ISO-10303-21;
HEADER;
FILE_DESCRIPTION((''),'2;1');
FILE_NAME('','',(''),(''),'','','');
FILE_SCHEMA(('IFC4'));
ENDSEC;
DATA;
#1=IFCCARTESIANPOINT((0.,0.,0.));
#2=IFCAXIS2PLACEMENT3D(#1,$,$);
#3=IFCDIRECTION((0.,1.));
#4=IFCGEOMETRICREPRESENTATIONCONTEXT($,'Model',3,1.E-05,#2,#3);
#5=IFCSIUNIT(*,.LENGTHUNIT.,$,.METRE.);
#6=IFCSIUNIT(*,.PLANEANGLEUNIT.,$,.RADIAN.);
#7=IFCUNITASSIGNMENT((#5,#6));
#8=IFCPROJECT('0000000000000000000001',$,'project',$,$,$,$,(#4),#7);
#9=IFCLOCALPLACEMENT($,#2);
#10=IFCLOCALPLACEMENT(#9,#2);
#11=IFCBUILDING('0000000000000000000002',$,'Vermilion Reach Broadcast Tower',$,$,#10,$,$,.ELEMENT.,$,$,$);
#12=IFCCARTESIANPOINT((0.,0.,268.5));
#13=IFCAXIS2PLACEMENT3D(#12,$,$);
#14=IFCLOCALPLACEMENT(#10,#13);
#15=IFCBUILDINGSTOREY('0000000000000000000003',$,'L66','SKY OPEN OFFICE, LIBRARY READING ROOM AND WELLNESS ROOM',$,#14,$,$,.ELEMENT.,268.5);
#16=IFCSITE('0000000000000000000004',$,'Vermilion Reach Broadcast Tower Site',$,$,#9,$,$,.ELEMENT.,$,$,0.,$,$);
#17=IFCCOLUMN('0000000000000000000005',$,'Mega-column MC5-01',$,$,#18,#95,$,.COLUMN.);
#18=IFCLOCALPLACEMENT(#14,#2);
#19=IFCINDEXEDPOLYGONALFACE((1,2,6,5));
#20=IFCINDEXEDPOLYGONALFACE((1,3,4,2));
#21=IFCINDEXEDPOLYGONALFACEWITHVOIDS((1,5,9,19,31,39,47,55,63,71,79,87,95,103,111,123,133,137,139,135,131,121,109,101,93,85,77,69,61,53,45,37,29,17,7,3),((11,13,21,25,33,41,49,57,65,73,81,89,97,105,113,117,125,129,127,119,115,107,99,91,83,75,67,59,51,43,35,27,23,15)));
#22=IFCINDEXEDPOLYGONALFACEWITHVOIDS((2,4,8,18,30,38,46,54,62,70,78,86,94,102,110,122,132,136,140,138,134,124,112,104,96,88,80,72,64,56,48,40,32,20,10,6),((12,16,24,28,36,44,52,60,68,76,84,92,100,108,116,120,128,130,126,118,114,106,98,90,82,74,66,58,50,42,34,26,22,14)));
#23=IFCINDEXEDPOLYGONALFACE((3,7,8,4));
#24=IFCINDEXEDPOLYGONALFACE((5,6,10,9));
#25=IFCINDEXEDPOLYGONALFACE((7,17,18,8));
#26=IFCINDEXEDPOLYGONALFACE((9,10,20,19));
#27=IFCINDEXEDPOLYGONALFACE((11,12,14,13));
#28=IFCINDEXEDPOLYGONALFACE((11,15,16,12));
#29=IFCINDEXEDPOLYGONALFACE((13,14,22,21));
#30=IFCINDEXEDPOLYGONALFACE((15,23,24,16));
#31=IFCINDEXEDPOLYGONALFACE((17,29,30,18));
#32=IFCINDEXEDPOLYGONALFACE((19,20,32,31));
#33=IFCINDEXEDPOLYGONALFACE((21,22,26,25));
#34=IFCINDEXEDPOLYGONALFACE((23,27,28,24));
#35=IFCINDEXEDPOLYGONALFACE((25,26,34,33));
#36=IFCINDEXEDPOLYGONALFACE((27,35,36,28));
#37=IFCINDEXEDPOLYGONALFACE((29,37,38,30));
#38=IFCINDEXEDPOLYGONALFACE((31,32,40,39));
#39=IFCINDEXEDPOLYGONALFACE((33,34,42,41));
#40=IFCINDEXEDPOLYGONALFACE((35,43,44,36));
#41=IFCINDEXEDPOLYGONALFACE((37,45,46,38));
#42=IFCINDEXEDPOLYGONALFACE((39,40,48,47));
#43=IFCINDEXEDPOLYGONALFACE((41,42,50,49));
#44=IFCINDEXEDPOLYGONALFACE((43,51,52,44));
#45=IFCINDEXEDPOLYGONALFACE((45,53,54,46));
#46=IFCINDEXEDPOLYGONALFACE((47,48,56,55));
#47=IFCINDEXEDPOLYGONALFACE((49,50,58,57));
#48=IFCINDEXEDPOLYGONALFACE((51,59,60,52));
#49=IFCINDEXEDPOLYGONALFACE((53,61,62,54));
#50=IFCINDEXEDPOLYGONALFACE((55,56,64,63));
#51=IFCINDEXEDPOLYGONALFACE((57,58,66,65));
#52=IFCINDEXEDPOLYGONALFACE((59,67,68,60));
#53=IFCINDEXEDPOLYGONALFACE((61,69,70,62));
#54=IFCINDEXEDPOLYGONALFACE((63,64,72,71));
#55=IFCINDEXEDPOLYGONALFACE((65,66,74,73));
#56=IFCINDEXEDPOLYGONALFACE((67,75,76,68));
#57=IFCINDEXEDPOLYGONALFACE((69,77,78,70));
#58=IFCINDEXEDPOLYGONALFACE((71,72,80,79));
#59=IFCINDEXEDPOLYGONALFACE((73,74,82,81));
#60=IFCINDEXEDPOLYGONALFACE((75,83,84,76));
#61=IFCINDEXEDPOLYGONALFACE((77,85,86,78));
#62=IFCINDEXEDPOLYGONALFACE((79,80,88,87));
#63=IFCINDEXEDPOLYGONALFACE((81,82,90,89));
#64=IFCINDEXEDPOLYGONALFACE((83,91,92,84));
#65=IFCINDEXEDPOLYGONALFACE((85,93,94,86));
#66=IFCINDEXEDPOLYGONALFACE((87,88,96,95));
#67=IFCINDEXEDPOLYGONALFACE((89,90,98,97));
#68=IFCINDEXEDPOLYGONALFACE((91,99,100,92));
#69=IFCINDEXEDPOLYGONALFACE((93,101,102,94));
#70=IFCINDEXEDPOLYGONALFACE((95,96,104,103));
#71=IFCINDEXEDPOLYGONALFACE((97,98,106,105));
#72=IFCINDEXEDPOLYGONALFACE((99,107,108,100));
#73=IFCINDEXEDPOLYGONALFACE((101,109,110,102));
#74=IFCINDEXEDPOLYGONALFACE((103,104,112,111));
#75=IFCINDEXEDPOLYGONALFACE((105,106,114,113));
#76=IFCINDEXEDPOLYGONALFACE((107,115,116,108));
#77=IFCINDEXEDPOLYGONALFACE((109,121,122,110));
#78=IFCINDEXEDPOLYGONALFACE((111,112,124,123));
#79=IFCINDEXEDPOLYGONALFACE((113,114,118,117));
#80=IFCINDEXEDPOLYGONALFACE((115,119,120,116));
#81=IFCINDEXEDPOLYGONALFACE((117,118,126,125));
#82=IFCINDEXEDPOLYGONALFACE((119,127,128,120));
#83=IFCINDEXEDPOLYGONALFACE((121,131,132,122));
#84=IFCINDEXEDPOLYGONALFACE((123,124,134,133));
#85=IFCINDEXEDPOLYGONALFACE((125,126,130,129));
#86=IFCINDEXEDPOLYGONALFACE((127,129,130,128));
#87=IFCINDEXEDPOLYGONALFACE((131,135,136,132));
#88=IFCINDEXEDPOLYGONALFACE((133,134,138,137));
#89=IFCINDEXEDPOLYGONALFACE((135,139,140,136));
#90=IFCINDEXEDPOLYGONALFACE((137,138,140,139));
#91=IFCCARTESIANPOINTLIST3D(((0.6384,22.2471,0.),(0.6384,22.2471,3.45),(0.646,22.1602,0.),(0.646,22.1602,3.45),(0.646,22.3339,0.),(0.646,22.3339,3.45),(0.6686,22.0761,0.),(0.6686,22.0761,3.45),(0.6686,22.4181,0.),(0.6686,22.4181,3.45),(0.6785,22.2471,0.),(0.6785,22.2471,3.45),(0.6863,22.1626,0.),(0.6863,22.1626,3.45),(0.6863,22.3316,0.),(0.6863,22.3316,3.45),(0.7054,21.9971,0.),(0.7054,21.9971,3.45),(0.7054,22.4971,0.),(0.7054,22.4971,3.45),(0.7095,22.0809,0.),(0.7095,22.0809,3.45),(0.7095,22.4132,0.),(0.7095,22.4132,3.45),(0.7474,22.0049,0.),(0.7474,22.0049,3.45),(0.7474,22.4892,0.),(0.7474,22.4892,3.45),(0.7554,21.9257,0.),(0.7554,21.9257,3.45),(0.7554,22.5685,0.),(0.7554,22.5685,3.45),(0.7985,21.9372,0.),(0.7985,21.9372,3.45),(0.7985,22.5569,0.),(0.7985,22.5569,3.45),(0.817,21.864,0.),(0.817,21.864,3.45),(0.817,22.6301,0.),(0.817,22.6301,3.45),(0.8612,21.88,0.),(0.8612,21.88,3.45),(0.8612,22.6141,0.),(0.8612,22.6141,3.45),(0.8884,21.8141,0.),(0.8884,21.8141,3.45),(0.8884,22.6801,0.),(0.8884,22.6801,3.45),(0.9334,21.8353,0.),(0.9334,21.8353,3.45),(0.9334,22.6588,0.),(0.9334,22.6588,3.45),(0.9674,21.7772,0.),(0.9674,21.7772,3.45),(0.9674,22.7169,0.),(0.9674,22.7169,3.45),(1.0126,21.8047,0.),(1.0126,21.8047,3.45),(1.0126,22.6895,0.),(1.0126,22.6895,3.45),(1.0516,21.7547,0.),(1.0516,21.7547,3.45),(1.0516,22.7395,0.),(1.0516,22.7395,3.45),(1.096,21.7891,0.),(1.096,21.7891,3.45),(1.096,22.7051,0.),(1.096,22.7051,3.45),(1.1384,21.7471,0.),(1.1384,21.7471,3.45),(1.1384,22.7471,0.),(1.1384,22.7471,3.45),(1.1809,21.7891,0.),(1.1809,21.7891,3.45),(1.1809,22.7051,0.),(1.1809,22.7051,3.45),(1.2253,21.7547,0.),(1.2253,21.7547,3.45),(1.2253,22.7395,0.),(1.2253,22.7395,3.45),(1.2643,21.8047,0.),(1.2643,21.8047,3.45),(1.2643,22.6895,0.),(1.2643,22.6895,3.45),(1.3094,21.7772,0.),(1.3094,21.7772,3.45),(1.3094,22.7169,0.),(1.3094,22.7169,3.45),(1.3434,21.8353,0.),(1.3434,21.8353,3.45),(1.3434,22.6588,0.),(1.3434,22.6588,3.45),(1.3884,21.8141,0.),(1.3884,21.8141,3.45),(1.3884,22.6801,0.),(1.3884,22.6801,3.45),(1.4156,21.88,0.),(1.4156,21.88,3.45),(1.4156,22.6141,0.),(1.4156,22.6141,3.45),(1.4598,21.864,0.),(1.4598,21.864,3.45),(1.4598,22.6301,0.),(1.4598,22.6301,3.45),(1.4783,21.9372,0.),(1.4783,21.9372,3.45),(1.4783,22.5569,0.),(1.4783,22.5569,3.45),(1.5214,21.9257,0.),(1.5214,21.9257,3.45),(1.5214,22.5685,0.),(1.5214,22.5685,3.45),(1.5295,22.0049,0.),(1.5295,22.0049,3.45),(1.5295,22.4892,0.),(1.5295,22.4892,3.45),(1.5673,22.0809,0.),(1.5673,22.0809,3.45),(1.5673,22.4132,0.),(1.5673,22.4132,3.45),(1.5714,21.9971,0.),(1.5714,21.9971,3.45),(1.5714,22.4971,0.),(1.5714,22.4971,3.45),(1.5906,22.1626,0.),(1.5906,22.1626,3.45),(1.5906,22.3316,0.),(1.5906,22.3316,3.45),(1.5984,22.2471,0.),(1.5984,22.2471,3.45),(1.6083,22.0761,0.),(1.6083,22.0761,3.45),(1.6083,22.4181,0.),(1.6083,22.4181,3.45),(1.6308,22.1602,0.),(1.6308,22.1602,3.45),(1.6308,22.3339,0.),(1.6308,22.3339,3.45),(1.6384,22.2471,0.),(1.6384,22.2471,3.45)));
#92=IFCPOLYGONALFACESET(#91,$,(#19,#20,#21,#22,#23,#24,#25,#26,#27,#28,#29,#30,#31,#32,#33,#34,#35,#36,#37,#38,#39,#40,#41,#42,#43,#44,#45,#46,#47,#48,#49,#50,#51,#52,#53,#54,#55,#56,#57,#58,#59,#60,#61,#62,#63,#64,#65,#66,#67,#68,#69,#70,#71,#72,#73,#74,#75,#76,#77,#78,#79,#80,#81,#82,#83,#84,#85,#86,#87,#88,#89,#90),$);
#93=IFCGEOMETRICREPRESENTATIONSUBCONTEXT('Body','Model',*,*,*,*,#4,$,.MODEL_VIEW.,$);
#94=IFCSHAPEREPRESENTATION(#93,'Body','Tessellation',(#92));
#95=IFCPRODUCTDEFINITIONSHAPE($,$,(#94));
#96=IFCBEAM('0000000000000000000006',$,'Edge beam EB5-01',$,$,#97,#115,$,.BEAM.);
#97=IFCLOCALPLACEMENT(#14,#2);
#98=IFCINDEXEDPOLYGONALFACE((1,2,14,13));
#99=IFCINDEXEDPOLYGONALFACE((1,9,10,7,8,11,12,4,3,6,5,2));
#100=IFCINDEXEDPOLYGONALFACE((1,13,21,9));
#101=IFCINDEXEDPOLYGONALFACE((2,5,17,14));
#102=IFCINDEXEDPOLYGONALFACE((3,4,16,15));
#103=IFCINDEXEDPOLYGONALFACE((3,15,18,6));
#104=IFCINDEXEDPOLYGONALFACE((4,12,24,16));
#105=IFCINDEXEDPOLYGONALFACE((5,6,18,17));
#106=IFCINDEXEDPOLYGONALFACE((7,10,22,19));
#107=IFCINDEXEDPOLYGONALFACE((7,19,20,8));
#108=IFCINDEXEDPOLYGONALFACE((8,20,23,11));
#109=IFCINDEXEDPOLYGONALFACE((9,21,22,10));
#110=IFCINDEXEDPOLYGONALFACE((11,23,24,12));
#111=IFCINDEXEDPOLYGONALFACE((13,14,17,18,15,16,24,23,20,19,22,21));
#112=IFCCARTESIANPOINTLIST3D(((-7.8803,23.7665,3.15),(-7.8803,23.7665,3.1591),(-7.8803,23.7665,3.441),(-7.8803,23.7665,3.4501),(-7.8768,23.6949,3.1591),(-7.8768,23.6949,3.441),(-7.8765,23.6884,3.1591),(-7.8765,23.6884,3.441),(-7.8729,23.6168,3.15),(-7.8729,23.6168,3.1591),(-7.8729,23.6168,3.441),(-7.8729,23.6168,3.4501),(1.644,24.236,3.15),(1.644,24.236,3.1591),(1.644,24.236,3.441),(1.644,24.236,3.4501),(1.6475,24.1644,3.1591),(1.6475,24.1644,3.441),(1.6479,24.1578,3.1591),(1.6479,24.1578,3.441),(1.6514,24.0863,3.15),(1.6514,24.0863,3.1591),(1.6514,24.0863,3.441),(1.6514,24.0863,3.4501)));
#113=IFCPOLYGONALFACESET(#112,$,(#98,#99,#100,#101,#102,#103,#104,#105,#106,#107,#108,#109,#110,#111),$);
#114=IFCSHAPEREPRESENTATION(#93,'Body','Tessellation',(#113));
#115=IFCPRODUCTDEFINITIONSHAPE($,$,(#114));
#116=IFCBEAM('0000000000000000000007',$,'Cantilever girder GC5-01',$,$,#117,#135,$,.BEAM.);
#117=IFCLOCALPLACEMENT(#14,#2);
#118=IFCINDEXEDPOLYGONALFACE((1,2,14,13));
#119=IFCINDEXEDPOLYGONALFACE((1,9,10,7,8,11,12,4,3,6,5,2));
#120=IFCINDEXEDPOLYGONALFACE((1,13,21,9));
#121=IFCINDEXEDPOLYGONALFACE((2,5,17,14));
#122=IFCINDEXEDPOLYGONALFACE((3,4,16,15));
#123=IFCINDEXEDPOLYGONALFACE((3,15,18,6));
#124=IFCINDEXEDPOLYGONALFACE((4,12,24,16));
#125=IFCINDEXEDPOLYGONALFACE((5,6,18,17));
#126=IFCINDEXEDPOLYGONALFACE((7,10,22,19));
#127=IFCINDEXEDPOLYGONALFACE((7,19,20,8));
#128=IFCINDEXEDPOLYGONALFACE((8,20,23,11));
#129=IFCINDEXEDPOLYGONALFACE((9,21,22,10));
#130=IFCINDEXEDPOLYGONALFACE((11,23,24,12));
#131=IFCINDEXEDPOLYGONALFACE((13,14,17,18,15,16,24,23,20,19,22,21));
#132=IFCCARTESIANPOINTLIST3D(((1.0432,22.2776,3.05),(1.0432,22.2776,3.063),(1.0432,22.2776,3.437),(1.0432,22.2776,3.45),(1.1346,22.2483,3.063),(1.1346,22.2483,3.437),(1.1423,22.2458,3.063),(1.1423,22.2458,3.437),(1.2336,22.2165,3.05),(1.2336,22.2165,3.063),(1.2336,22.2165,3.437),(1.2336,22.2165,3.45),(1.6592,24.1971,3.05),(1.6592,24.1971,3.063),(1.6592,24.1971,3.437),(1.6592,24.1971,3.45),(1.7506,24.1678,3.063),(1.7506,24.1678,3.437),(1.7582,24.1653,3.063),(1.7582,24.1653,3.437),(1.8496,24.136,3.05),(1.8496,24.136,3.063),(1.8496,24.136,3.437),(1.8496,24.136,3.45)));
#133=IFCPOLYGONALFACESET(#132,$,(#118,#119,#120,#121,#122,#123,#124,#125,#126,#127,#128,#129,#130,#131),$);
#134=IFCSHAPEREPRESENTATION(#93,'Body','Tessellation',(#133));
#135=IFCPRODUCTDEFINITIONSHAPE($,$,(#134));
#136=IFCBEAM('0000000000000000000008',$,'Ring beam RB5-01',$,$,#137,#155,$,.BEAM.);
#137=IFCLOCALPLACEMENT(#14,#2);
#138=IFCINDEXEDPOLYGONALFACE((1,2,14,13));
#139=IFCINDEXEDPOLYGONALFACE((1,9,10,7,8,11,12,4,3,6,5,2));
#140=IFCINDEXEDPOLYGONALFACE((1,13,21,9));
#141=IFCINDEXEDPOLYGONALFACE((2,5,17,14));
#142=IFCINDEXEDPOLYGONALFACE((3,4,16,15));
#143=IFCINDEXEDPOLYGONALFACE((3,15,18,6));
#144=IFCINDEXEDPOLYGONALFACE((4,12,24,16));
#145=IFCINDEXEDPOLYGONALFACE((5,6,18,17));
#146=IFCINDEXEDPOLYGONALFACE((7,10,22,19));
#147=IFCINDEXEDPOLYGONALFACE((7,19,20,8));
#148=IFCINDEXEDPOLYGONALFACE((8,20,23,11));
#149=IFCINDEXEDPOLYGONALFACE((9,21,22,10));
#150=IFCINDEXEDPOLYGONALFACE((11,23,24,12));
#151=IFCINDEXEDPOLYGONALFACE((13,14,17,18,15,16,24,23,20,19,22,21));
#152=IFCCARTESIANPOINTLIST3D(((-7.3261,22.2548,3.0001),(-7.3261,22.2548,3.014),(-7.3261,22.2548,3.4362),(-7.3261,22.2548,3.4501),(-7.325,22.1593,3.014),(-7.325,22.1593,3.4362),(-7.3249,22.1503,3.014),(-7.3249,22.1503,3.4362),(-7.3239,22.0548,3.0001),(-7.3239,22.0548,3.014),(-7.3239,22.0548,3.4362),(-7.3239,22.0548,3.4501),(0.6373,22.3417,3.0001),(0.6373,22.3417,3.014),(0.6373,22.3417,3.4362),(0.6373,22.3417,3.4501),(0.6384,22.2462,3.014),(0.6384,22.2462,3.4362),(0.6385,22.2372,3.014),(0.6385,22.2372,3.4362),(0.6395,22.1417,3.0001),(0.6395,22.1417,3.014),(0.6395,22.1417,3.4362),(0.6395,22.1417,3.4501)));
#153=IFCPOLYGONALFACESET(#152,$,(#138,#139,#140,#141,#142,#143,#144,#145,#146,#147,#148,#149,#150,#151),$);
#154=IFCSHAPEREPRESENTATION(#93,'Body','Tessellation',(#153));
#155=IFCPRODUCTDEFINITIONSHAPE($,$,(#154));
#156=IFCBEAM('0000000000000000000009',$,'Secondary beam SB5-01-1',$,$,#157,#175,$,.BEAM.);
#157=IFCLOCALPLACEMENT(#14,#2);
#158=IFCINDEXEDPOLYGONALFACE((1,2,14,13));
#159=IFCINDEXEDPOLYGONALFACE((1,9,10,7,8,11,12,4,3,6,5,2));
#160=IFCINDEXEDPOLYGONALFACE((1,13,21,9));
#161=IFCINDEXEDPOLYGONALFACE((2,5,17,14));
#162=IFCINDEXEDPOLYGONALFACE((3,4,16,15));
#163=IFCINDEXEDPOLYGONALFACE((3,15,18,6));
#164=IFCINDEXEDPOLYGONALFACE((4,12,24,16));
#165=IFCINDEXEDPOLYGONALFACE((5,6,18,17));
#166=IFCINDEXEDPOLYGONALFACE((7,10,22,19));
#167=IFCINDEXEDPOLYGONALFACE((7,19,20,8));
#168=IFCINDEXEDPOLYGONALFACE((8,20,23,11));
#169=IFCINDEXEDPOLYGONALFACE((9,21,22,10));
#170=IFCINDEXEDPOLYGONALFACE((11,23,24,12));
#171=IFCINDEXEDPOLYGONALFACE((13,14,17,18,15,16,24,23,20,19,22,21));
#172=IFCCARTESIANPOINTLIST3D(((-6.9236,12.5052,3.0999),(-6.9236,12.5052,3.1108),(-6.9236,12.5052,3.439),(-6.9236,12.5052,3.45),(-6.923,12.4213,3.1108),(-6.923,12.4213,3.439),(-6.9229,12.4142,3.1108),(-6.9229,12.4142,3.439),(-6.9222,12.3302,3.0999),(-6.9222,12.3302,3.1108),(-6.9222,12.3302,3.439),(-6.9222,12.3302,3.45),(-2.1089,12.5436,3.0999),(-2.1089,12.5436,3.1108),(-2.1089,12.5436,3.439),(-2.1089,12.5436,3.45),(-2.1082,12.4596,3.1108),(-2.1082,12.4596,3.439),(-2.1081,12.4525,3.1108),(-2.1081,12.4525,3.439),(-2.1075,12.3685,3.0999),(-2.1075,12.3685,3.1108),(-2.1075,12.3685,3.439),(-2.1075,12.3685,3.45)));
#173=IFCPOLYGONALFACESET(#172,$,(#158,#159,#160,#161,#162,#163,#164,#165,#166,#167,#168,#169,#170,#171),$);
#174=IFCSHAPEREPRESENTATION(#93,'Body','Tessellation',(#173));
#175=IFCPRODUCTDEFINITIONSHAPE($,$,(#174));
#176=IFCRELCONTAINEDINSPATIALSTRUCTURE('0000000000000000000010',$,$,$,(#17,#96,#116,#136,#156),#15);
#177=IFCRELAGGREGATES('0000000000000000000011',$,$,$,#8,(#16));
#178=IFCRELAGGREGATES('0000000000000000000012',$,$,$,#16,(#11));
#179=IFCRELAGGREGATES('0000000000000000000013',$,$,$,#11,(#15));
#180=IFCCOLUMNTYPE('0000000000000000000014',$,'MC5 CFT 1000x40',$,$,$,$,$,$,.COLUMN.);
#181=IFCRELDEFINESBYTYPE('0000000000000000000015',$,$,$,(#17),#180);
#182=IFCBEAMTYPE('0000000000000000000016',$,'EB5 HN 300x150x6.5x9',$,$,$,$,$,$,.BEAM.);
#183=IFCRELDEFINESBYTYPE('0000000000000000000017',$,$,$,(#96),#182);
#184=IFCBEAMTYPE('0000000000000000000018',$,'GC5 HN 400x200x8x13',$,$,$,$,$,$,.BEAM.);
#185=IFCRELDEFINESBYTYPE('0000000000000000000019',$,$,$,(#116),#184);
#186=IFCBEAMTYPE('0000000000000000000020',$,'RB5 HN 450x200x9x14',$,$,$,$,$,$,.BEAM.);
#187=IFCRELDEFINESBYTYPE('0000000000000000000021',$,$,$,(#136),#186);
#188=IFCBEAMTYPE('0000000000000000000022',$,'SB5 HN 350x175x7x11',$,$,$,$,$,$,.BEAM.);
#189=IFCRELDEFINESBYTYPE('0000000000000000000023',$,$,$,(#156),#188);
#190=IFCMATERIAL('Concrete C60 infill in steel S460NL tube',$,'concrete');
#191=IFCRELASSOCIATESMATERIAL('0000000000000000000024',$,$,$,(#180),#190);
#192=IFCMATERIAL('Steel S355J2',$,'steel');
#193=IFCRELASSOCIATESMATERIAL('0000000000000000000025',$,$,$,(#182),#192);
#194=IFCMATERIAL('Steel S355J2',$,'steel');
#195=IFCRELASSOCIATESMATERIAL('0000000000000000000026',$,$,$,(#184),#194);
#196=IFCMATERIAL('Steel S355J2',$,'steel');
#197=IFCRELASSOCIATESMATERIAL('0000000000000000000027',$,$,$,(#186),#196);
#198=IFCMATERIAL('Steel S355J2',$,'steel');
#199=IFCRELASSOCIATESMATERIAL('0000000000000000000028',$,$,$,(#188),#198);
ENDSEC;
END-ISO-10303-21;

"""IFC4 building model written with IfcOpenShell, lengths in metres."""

from ifc_helpers import new_model, si_unit, direction, frame, origin, origin_2d, place, context, subcontext, project, spatial, hollow_circle, i_section, extrude, material, material_profile, profile_set, type_object, element, save


model = new_model("IFC4")

# Units and contexts
model_context = context("Model", 3, precision=1e-05, world=origin(), true_north=direction((0.0, 1.0)))
body_context = subcontext(model_context, "Body", "Model", "MODEL_VIEW")
ifc_project = project(units=[si_unit("LENGTHUNIT", "METRE"), si_unit("PLANEANGLEUNIT", "RADIAN")], contexts=[model_context])

# Site, building, storey
site_placement = place(None, origin())
site = spatial("IfcSite", under=ifc_project, at=site_placement, Name="Vermilion Reach Broadcast Tower Site", CompositionType="ELEMENT", RefElevation=0.0)
building_placement = place(site_placement, origin())
building = spatial("IfcBuilding", under=site, at=building_placement, Name="Vermilion Reach Broadcast Tower", CompositionType="ELEMENT")
storey_placement = place(building_placement, frame((0.0, 0.0, 268.5)))
storey = spatial("IfcBuildingStorey", under=building, at=storey_placement, Name="L66", Description="SKY OPEN OFFICE, LIBRARY READING ROOM AND WELLNESS ROOM", CompositionType="ELEMENT", Elevation=268.5)

# Column
ifc_material_1 = material(Name="Concrete C60 infill in steel S460NL tube", Category="concrete")
ifc_material_profile_1 = material_profile(ifc_material_1, hollow_circle(Radius=0.5, WallThickness=0.04, at=origin_2d()), Name="Concrete C60 infill in steel S460NL tube CFT 1000x40")
ifc_profile_set_1 = profile_set([ifc_material_profile_1], Name="Concrete C60 infill in steel S460NL tube")
column_type = type_object("IfcColumnType", Name="MC5 CFT 1000x40", PredefinedType="COLUMN", material=ifc_profile_set_1)
column_placement = place(storey_placement, frame((1.1384, 22.2471, 0.0), z_axis=(0.0, 0.0, 1.0), x_axis=(1.0, 0.0, 0.0)))
element("IfcColumn", 1, at=column_placement, inside=storey, type_object=column_type, Name="Mega-column MC5-01", PredefinedType="COLUMN", context=body_context, shape_type="SweptSolid", body=[
    extrude(hollow_circle(Radius=0.5, WallThickness=0.04, at=origin_2d()), origin(), (0.0, 0.0, 1.0), 3.45),
])

# Beams
ifc_material_2 = material(Name="Steel S355J2", Category="steel")
ifc_material_profile_2 = material_profile(ifc_material_2, i_section(OverallWidth=0.1499, OverallDepth=0.3, WebThickness=0.0066, FlangeThickness=0.009, at=origin_2d()), Name="S355J2 HN 300x150x6.5x9")
ifc_profile_set_2 = profile_set([ifc_material_profile_2], Name="Steel S355J2")
beam_type_1 = type_object("IfcBeamType", Name="EB5 HN 300x150x6.5x9", PredefinedType="BEAM", material=ifc_profile_set_2)
beam_1_placement = place(storey_placement, frame((1.6477, 24.1611, 3.3), z_axis=(-0.998787, -0.049233, 0.0), x_axis=(0.049233, -0.998787, 0.0)))
element("IfcBeam", 2, at=beam_1_placement, inside=storey, type_object=beam_type_1, Name="Edge beam EB5-01", PredefinedType="BEAM", context=body_context, shape_type="SweptSolid", body=[
    extrude(i_section(OverallWidth=0.1499, OverallDepth=0.3, WebThickness=0.0066, FlangeThickness=0.009, at=origin_2d()), origin(), (0.0, 0.0, 1.0), 9.5359),
])
ifc_material_3 = material(Name="Steel S355J2", Category="steel")
ifc_material_profile_3 = material_profile(ifc_material_3, i_section(OverallWidth=0.2, OverallDepth=0.3999, WebThickness=0.0081, FlangeThickness=0.0129, at=origin_2d()), Name="S355J2 HN 400x200x8x13")
ifc_profile_set_3 = profile_set([ifc_material_profile_3], Name="Steel S355J2")
beam_type_2 = type_object("IfcBeamType", Name="GC5 HN 400x200x8x13", PredefinedType="BEAM", material=ifc_profile_set_3)
beam_2_placement = place(storey_placement, frame((1.1384, 22.2471, 3.25), z_axis=(0.305562, 0.952172, 0.0), x_axis=(-0.952172, 0.305562, 0.0)))
element("IfcBeam", 3, at=beam_2_placement, inside=storey, type_object=beam_type_2, Name="Cantilever girder GC5-01", PredefinedType="BEAM", context=body_context, shape_type="SweptSolid", body=[
    extrude(i_section(OverallWidth=0.2, OverallDepth=0.3999, WebThickness=0.0081, FlangeThickness=0.0129, at=origin_2d()), origin(), (0.0, 0.0, 1.0), 2.0159),
])
ifc_material_4 = material(Name="Steel S355J2", Category="steel")
ifc_material_profile_4 = material_profile(ifc_material_4, i_section(OverallWidth=0.2, OverallDepth=0.45, WebThickness=0.009, FlangeThickness=0.0139, at=origin_2d()), Name="S355J2 HN 450x200x9x14")
ifc_profile_set_4 = profile_set([ifc_material_profile_4], Name="Steel S355J2")
beam_type_3 = type_object("IfcBeamType", Name="RB5 HN 450x200x9x14", PredefinedType="BEAM", material=ifc_profile_set_4)
beam_3_placement = place(storey_placement, frame((0.6384, 22.2417, 3.2251), z_axis=(-0.99994, -0.010914, 0.0), x_axis=(0.010914, -0.99994, 0.0)))
element("IfcBeam", 4, at=beam_3_placement, inside=storey, type_object=beam_type_3, Name="Ring beam RB5-01", PredefinedType="BEAM", context=body_context, shape_type="SweptSolid", body=[
    extrude(i_section(OverallWidth=0.2, OverallDepth=0.45, WebThickness=0.009, FlangeThickness=0.0139, at=origin_2d()), origin(), (0.0, 0.0, 1.0), 7.9639),
])
ifc_material_5 = material(Name="Steel S355J2", Category="steel")
ifc_material_profile_5 = material_profile(ifc_material_5, i_section(OverallWidth=0.175, OverallDepth=0.3501, WebThickness=0.0071, FlangeThickness=0.011, at=origin_2d()), Name="S355J2 HN 350x175x7x11")
ifc_profile_set_5 = profile_set([ifc_material_profile_5], Name="Steel S355J2")
beam_type_4 = type_object("IfcBeamType", Name="SB5 HN 350x175x7x11", PredefinedType="BEAM", material=ifc_profile_set_5)
beam_4_placement = place(storey_placement, frame((-2.1082, 12.4561, 3.2749), z_axis=(-0.999968, -0.007961, 0.0), x_axis=(0.007961, -0.999968, 0.0)))
element("IfcBeam", 5, at=beam_4_placement, inside=storey, type_object=beam_type_4, Name="Secondary beam SB5-01-1", PredefinedType="BEAM", context=body_context, shape_type="SweptSolid", body=[
    extrude(i_section(OverallWidth=0.175, OverallDepth=0.3501, WebThickness=0.0071, FlangeThickness=0.011, at=origin_2d()), origin(), (0.0, 0.0, 1.0), 4.8149),
])

save(model, "model.ifc")
